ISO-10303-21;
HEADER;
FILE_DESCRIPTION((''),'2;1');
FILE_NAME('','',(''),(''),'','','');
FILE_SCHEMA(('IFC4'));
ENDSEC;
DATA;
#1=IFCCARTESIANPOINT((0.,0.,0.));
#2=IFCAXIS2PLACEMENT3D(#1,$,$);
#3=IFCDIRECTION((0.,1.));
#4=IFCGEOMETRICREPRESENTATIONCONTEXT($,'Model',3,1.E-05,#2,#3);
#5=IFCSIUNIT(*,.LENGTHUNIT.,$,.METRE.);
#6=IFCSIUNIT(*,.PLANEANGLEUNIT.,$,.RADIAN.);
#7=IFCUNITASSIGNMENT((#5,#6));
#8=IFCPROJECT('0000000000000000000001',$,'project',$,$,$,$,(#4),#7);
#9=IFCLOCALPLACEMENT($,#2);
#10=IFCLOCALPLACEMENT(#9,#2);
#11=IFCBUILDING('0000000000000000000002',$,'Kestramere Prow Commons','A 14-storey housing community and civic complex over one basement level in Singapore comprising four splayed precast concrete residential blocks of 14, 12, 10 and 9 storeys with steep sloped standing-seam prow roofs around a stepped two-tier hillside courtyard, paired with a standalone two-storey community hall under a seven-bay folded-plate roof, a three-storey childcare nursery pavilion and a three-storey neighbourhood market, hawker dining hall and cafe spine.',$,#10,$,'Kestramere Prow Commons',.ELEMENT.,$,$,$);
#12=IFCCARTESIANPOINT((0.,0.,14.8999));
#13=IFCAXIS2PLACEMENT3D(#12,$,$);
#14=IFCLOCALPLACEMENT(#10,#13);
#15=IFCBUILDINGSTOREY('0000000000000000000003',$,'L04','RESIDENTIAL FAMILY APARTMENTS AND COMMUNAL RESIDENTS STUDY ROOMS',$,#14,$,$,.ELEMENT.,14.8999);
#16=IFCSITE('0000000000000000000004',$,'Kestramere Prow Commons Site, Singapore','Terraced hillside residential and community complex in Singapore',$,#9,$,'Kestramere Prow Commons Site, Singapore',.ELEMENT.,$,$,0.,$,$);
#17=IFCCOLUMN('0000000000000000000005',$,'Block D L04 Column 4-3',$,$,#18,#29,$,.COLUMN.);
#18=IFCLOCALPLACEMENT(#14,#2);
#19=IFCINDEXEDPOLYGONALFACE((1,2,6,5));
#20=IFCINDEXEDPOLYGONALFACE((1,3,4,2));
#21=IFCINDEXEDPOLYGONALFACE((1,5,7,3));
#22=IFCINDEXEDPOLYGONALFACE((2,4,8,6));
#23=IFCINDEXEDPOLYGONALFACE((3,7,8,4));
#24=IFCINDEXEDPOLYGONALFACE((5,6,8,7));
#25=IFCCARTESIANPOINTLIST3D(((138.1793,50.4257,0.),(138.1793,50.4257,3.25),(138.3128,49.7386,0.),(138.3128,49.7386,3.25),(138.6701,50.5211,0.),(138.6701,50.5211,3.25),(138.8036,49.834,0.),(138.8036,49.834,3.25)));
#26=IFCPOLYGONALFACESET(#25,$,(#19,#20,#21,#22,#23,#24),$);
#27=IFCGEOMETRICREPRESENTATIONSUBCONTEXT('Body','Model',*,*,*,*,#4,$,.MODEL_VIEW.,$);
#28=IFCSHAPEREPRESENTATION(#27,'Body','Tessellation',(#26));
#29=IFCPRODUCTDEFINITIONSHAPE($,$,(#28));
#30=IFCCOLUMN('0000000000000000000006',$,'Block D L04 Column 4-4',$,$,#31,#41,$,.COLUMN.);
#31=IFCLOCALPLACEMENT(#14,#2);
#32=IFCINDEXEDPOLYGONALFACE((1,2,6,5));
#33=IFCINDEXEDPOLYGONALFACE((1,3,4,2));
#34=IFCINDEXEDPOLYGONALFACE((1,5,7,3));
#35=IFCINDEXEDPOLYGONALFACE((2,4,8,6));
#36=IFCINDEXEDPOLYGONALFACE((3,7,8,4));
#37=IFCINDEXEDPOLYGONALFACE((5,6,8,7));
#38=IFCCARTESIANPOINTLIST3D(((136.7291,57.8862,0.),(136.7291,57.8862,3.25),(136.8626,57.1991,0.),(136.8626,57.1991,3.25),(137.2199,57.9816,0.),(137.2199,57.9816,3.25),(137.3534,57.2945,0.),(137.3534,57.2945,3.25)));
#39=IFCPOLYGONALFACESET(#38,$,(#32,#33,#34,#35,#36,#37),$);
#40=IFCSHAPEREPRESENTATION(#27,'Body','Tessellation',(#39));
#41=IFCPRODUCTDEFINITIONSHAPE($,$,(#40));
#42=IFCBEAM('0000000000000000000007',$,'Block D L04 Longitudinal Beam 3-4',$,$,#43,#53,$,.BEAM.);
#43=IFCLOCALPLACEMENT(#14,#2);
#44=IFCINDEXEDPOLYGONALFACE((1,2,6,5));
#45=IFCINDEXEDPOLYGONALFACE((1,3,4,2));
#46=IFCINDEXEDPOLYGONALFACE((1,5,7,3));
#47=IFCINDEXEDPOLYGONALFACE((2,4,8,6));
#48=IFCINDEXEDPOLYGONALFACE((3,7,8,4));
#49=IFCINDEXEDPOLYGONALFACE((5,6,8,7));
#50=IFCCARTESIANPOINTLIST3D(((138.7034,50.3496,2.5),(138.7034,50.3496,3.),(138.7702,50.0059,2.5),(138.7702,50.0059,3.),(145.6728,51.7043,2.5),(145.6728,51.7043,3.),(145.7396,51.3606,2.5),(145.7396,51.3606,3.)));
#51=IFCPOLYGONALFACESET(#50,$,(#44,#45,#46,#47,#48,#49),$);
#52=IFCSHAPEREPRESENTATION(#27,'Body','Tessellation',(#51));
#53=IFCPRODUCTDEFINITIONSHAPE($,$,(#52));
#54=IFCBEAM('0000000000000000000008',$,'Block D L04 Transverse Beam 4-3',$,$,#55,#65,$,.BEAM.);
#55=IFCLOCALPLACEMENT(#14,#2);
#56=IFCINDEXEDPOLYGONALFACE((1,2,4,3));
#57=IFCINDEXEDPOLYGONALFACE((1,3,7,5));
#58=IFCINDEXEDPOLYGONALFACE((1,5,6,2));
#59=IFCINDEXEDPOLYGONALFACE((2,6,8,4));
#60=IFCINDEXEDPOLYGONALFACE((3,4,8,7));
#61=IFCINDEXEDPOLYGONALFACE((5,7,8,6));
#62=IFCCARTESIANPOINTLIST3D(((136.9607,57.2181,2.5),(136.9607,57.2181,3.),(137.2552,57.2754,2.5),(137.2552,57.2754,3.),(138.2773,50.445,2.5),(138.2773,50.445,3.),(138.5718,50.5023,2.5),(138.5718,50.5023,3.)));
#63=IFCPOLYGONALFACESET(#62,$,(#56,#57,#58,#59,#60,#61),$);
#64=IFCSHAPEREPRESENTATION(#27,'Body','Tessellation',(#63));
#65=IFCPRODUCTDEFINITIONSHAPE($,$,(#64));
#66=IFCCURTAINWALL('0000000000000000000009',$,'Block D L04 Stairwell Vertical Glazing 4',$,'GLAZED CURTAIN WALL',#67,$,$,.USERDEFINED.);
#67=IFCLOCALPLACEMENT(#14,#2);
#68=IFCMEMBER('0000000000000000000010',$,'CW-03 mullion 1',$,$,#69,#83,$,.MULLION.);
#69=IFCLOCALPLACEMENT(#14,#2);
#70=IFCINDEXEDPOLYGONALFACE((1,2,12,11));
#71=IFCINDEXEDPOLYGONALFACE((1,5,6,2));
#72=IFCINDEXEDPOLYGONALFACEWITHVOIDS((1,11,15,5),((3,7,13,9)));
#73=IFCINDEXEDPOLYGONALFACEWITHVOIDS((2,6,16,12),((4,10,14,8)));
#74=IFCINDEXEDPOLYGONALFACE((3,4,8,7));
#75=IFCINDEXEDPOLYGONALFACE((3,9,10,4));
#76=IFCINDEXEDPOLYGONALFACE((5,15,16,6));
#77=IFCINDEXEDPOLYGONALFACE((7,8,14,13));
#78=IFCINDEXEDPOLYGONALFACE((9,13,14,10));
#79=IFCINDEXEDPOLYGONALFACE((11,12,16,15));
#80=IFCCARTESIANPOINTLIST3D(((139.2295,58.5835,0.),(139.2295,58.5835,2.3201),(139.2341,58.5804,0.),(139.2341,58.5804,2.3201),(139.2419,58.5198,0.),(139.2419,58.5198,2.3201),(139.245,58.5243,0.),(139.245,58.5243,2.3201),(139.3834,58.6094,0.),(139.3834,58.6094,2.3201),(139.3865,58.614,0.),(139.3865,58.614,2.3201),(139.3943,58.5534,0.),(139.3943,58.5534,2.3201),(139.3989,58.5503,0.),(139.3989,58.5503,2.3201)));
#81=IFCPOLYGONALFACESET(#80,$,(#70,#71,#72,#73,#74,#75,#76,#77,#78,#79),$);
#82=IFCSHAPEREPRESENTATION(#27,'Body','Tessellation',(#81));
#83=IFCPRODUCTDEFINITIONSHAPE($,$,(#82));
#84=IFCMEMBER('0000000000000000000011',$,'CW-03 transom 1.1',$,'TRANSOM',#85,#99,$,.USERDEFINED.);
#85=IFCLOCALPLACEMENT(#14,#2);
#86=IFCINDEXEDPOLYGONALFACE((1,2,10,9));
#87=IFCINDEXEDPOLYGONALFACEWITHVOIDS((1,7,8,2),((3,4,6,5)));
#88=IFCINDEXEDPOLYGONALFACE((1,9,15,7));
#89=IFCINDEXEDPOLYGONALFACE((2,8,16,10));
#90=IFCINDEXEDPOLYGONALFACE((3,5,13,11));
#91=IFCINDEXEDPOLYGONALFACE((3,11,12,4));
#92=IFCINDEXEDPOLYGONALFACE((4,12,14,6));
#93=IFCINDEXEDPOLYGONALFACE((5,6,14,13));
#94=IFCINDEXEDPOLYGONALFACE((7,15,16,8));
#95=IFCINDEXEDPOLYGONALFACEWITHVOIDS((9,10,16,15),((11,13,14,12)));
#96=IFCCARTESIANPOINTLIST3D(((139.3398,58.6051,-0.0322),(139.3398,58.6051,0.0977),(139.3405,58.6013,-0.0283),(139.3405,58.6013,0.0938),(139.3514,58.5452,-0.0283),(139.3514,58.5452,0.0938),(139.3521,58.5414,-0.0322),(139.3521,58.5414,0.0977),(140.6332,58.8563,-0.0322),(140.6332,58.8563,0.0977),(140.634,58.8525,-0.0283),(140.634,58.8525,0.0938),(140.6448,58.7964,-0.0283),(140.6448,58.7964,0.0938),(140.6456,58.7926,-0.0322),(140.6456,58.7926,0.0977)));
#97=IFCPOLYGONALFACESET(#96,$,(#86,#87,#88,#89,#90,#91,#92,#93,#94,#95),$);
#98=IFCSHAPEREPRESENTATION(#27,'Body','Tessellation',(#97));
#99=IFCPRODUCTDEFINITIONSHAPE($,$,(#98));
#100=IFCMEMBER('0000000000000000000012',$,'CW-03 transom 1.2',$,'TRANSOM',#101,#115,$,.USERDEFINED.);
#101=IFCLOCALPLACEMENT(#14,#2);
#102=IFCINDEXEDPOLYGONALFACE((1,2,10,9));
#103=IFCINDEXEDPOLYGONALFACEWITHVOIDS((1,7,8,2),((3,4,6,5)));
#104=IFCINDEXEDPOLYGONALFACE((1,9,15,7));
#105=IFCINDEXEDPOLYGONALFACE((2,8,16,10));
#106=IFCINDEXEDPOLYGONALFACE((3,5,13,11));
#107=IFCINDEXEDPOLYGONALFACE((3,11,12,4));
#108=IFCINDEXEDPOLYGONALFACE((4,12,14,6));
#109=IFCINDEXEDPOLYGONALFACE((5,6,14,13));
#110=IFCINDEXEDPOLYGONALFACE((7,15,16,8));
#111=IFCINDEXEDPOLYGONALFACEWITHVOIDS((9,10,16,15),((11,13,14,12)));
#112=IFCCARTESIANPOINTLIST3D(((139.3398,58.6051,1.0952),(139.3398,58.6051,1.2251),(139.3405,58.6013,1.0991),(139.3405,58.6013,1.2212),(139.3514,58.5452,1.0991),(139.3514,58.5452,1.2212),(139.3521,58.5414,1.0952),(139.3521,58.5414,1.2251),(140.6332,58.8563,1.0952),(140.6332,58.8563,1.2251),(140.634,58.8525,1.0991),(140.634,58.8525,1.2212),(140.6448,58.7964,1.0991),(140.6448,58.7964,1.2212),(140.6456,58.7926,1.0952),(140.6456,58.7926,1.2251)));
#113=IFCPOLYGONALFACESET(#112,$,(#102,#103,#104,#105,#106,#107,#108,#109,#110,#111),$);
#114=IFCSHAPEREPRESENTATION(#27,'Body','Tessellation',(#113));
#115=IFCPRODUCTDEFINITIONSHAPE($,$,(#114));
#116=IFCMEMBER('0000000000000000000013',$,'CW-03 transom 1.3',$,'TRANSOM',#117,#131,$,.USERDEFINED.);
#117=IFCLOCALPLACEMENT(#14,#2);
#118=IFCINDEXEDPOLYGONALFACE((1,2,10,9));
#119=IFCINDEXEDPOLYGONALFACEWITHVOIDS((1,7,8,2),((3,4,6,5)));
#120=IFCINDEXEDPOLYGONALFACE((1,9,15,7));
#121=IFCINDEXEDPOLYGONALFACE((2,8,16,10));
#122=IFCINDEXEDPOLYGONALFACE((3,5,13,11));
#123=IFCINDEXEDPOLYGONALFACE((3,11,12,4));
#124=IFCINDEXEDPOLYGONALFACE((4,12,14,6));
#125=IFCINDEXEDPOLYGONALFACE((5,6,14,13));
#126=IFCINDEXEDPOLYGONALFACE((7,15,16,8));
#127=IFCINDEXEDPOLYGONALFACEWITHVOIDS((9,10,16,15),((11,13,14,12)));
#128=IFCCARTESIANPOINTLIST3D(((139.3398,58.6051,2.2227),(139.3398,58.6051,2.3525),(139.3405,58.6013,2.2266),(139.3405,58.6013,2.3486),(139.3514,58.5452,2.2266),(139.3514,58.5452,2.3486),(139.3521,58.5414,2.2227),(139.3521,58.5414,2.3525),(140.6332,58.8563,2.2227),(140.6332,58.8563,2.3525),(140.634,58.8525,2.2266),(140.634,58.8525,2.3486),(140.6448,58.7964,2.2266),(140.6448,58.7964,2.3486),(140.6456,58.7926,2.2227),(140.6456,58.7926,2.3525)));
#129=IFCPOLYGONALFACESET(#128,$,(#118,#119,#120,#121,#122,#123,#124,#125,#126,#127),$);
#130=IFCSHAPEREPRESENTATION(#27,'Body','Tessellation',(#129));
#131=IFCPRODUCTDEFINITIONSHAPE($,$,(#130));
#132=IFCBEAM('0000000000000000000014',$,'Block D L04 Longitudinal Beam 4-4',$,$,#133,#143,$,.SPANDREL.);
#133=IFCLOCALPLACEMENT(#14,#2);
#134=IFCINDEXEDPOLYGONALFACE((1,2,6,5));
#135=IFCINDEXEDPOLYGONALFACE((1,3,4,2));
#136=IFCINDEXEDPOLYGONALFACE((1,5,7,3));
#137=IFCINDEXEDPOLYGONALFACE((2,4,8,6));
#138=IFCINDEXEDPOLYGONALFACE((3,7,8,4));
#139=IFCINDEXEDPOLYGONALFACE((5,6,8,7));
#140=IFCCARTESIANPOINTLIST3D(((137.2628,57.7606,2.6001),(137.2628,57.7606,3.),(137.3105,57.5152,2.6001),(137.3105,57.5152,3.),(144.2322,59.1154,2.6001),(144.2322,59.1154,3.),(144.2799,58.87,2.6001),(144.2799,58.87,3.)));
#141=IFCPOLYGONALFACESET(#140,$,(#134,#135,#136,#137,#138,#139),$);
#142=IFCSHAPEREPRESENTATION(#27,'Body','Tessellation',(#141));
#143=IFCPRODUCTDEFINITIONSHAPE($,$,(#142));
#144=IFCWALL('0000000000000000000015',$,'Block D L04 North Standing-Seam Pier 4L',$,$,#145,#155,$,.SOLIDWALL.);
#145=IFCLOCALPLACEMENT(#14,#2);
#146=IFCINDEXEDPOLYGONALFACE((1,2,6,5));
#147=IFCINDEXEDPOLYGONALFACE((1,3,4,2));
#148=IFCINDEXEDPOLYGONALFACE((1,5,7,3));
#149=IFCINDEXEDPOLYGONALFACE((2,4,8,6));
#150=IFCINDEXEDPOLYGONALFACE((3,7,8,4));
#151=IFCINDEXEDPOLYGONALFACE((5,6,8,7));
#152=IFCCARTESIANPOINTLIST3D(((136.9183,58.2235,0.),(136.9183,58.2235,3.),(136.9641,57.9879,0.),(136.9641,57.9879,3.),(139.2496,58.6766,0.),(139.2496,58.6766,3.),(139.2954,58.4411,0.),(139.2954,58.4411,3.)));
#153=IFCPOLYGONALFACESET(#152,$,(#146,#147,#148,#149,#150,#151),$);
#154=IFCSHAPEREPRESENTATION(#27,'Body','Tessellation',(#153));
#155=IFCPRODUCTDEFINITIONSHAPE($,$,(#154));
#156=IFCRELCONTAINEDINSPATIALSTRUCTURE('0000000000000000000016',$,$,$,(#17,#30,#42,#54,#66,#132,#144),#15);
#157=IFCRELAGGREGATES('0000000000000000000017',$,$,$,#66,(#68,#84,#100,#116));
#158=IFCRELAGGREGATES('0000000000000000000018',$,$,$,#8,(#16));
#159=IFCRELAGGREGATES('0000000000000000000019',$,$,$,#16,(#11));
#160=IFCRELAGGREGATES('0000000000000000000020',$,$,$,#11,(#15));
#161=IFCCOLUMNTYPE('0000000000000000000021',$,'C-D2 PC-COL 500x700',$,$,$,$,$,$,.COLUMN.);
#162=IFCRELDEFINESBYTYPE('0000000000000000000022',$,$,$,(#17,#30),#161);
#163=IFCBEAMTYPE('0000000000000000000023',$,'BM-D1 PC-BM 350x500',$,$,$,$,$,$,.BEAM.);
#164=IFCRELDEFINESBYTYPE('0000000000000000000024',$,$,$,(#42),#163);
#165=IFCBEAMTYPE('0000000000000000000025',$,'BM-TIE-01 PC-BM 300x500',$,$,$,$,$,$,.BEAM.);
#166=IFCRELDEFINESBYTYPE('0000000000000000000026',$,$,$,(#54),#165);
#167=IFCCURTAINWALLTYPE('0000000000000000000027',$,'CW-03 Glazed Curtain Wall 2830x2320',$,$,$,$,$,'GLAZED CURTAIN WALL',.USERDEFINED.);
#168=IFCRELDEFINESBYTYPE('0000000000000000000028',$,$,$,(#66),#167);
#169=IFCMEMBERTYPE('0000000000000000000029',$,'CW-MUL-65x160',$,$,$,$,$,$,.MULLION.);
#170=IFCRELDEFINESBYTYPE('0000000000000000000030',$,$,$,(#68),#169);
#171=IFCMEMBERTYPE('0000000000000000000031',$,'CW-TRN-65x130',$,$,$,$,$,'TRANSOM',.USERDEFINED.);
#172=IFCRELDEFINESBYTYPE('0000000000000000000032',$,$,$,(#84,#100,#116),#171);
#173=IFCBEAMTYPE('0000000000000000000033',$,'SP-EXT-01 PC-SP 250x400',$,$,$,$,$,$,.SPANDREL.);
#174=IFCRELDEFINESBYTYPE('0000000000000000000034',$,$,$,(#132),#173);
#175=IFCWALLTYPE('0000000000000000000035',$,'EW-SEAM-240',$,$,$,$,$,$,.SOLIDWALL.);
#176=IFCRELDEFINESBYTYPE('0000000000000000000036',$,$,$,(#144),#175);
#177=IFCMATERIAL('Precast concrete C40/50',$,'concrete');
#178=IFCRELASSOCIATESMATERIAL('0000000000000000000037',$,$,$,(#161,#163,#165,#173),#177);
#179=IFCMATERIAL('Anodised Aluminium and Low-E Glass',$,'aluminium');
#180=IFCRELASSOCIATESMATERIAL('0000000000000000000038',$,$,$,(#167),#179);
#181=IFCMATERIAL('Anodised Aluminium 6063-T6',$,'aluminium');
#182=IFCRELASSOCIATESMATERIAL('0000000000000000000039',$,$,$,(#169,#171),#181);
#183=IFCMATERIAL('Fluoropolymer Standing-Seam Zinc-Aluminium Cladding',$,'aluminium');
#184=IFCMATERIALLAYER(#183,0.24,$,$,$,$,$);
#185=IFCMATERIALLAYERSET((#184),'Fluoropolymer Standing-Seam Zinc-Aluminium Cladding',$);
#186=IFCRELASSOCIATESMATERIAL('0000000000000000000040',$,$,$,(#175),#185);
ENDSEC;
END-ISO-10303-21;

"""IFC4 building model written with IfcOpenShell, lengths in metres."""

from ifc_helpers import new_model, si_unit, direction, frame, frame_2d, origin, origin_2d, place, context, subcontext, project, spatial, rectangle, hollow_rectangle, extrude, material, layer, layer_set, material_profile, profile_set, type_object, element, aggregate, save


model = new_model("IFC4")

# Units and contexts
model_context = context("Model", 3, precision=1e-05, world=origin(), true_north=direction((0.0, 1.0)))
body_context = subcontext(model_context, "Body", "Model", "MODEL_VIEW")
ifc_project = project(units=[si_unit("LENGTHUNIT", "METRE"), si_unit("PLANEANGLEUNIT", "RADIAN")], contexts=[model_context])

# Site, building, storey
site_placement = place(None, origin())
site = spatial("IfcSite", under=ifc_project, at=site_placement, Name="Kestramere Prow Commons Site, Singapore", Description="Terraced hillside residential and community complex in Singapore", LongName="Kestramere Prow Commons Site, Singapore", CompositionType="ELEMENT", RefElevation=0.0)
building_placement = place(site_placement, origin())
building = spatial("IfcBuilding", under=site, at=building_placement, Name="Kestramere Prow Commons", Description="A 14-storey housing community and civic complex over one basement level in Singapore comprising four splayed precast concrete residential blocks of 14, 12, 10 and 9 storeys with steep sloped standing-seam prow roofs around a stepped two-tier hillside courtyard, paired with a standalone two-storey community hall under a seven-bay folded-plate roof, a three-storey childcare nursery pavilion and a three-storey neighbourhood market, hawker dining hall and cafe spine.", LongName="Kestramere Prow Commons", CompositionType="ELEMENT")
storey_placement = place(building_placement, frame((0.0, 0.0, 14.8999)))
storey = spatial("IfcBuildingStorey", under=building, at=storey_placement, Name="L04", Description="RESIDENTIAL FAMILY APARTMENTS AND COMMUNAL RESIDENTS STUDY ROOMS", CompositionType="ELEMENT", Elevation=14.8999)

# Columns
ifc_material_1 = material(Name="Precast concrete C40/50", Category="concrete")
ifc_material_profile_1 = material_profile(ifc_material_1, rectangle(XDim=0.5, YDim=0.7, at=origin_2d()), Name="PC-COL 500x700")
ifc_profile_set_1 = profile_set([ifc_material_profile_1], Name="Precast concrete C40/50")
column_type = type_object("IfcColumnType", Name="C-D2 PC-COL 500x700", PredefinedType="COLUMN", material=ifc_profile_set_1)
for number, where, z_axis, x_axis, name in (
    (1, (138.4915, 50.1299, 0.0), (0.0, 0.0, 1.0), (0.981627, 0.190809, 0.0), "Block D L04 Column 4-3"),
    (2, (137.0413, 57.5903, 0.0), (0.0, 0.0, 1.0), (0.981627, 0.190809, 0.0), "Block D L04 Column 4-4"),
):
    element("IfcColumn", number, at=place(storey_placement, frame(where, z_axis=z_axis, x_axis=x_axis)), inside=storey, type_object=column_type, Name=name, PredefinedType="COLUMN", context=body_context, shape_type="SweptSolid", body=[
        extrude(rectangle(XDim=0.5, YDim=0.7, at=origin_2d()), origin(), (0.0, 0.0, 1.0), 3.25),
    ])

# Beams
ifc_material_profile_2 = material_profile(ifc_material_1, rectangle(XDim=0.3501, YDim=0.5, at=origin_2d()), Name="PC-BM 350x500")
ifc_profile_set_2 = profile_set([ifc_material_profile_2], Name="Precast concrete C40/50")
beam_type_1 = type_object("IfcBeamType", Name="BM-D1 PC-BM 350x500", PredefinedType="BEAM", material=ifc_profile_set_2)
beam_1_placement = place(storey_placement, frame((138.7368, 50.1777, 2.75), z_axis=(0.981627, 0.19081, 0.0), x_axis=(-0.19081, 0.981627, 0.0)))
element("IfcBeam", 3, at=beam_1_placement, inside=storey, type_object=beam_type_1, Name="Block D L04 Longitudinal Beam 3-4", PredefinedType="BEAM", context=body_context, shape_type="SweptSolid", body=[
    extrude(rectangle(XDim=0.3501, YDim=0.5, at=origin_2d()), origin(), (0.0, 0.0, 1.0), 7.0999),
])
ifc_material_profile_3 = material_profile(ifc_material_1, rectangle(XDim=0.3, YDim=0.5, at=origin_2d()), Name="PC-BM 300x500")
ifc_profile_set_3 = profile_set([ifc_material_profile_3], Name="Precast concrete C40/50")
beam_type_2 = type_object("IfcBeamType", Name="BM-TIE-01 PC-BM 300x500", PredefinedType="BEAM", material=ifc_profile_set_3)
beam_2_placement = place(storey_placement, frame((138.4246, 50.4736, 2.75), z_axis=(-0.190819, 0.981625, 0.0), x_axis=(-0.981625, -0.190819, 0.0)))
element("IfcBeam", 4, at=beam_2_placement, inside=storey, type_object=beam_type_2, Name="Block D L04 Transverse Beam 4-3", PredefinedType="BEAM", context=body_context, shape_type="SweptSolid", body=[
    extrude(rectangle(XDim=0.3, YDim=0.5, at=origin_2d()), origin(), (0.0, 0.0, 1.0), 6.8999),
])

# Curtain wall, members
ifc_material_2 = material(Name="Anodised Aluminium and Low-E Glass", Category="aluminium")
curtain_wall_type = type_object("IfcCurtainWallType", Name="CW-03 Glazed Curtain Wall 2830x2320", ElementType="GLAZED CURTAIN WALL", PredefinedType="USERDEFINED", material=ifc_material_2)
curtain_wall_placement = place(storey_placement, origin())
curtain_wall = element("IfcCurtainWall", 5, at=curtain_wall_placement, inside=storey, type_object=curtain_wall_type, Name="Block D L04 Stairwell Vertical Glazing 4", ObjectType="GLAZED CURTAIN WALL", PredefinedType="USERDEFINED")
ifc_material_3 = material(Name="Anodised Aluminium 6063-T6", Category="aluminium")
ifc_material_profile_4 = material_profile(ifc_material_3, hollow_rectangle(XDim=0.0649, YDim=0.1599, WallThickness=0.0039, at=origin_2d()), Name="ALU-MUL 65x160")
ifc_profile_set_4 = profile_set([ifc_material_profile_4], Name="Anodised Aluminium 6063-T6")
member_type_1 = type_object("IfcMemberType", Name="CW-MUL-65x160", PredefinedType="MULLION", material=ifc_profile_set_4)
member_1_placement = place(storey_placement, frame((139.3142, 58.5669, 0.0), z_axis=(0.0, 0.0, 1.0), x_axis=(-0.190809, 0.981627, 0.0)))
member_1 = element("IfcMember", 6, at=member_1_placement, type_object=member_type_1, Name="CW-03 mullion 1", PredefinedType="MULLION", context=body_context, shape_type="SweptSolid", body=[
    extrude(hollow_rectangle(XDim=0.0649, YDim=0.1599, WallThickness=0.0039, at=origin_2d()), origin(), (0.0, 0.0, 1.0), 2.3201),
])
ifc_material_profile_5 = material_profile(ifc_material_3, hollow_rectangle(XDim=0.0649, YDim=0.1299, WallThickness=0.0039, at=origin_2d()), Name="ALU-TRN 65x130")
ifc_profile_set_5 = profile_set([ifc_material_profile_5], Name="Anodised Aluminium 6063-T6")
member_type_2 = type_object("IfcMemberType", Name="CW-TRN-65x130", ElementType="TRANSOM", PredefinedType="USERDEFINED", material=ifc_profile_set_5)
member_2_placement = place(storey_placement, frame((139.3459, 58.5732, 0.0327), z_axis=(0.981656, 0.190661, 0.0), x_axis=(-0.190661, 0.981656, 0.0)))
member_2 = element("IfcMember", 7, at=member_2_placement, type_object=member_type_2, Name="CW-03 transom 1.1", ObjectType="TRANSOM", PredefinedType="USERDEFINED", context=body_context, shape_type="SweptSolid", body=[
    extrude(hollow_rectangle(XDim=0.0649, YDim=0.1299, WallThickness=0.0039, at=origin_2d()), origin(), (0.0, 0.0, 1.0), 1.3176),
])
member_3_placement = place(storey_placement, frame((139.3459, 58.5732, 1.1602), z_axis=(0.981656, 0.190661, 0.0), x_axis=(-0.190661, 0.981656, 0.0)))
member_3 = element("IfcMember", 8, at=member_3_placement, type_object=member_type_2, Name="CW-03 transom 1.2", ObjectType="TRANSOM", PredefinedType="USERDEFINED", context=body_context, shape_type="SweptSolid", body=[
    extrude(hollow_rectangle(XDim=0.0649, YDim=0.1299, WallThickness=0.0039, at=origin_2d()), origin(), (0.0, 0.0, 1.0), 1.3176),
])
member_4_placement = place(storey_placement, frame((139.3459, 58.5732, 2.2876), z_axis=(0.981656, 0.190661, 0.0), x_axis=(-0.190661, 0.981656, 0.0)))
member_4 = element("IfcMember", 9, at=member_4_placement, type_object=member_type_2, Name="CW-03 transom 1.3", ObjectType="TRANSOM", PredefinedType="USERDEFINED", context=body_context, shape_type="SweptSolid", body=[
    extrude(hollow_rectangle(XDim=0.0649, YDim=0.1299, WallThickness=0.0039, at=origin_2d()), origin(), (0.0, 0.0, 1.0), 1.3176),
])
aggregate(curtain_wall, [member_1, member_2, member_3, member_4])

# Beam
ifc_material_profile_6 = material_profile(ifc_material_1, rectangle(XDim=0.25, YDim=0.3999, at=origin_2d()), Name="PC-SP 250x400")
ifc_profile_set_6 = profile_set([ifc_material_profile_6], Name="Precast concrete C40/50")
beam_type_3 = type_object("IfcBeamType", Name="SP-EXT-01 PC-SP 250x400", PredefinedType="SPANDREL", material=ifc_profile_set_6)
beam_3_placement = place(storey_placement, frame((137.2866, 57.6379, 2.8), z_axis=(0.981627, 0.19081, 0.0), x_axis=(-0.19081, 0.981627, 0.0)))
element("IfcBeam", 10, at=beam_3_placement, inside=storey, type_object=beam_type_3, Name="Block D L04 Longitudinal Beam 4-4", PredefinedType="SPANDREL", context=body_context, shape_type="SweptSolid", body=[
    extrude(rectangle(XDim=0.25, YDim=0.3999, at=origin_2d()), origin(), (0.0, 0.0, 1.0), 7.0999),
])

# Wall
ifc_material_4 = material(Name="Fluoropolymer Standing-Seam Zinc-Aluminium Cladding", Category="aluminium")
ifc_layer_1 = layer(ifc_material_4, 0.24)
ifc_layer_set_1 = layer_set([ifc_layer_1], Name="Fluoropolymer Standing-Seam Zinc-Aluminium Cladding")
wall_type_1 = type_object("IfcWallType", Name="EW-SEAM-240", PredefinedType="SOLIDWALL", material=ifc_layer_set_1)
wall_1_placement = place(storey_placement, frame((136.9412, 58.1057, 0.0), z_axis=(0.0, 0.0, 1.0), x_axis=(0.98163, 0.190795, 0.0)))
element("IfcWall", 11, at=wall_1_placement, inside=storey, type_object=wall_type_1, Name="Block D L04 North Standing-Seam Pier 4L", PredefinedType="SOLIDWALL", context=body_context, shape_type="SweptSolid", body=[
    extrude(rectangle(XDim=2.375, YDim=0.24, at=frame_2d((1.1875, 0.0))), origin(), (0.0, 0.0, 1.0), 3.0),
])

save(model, "model.ifc")
